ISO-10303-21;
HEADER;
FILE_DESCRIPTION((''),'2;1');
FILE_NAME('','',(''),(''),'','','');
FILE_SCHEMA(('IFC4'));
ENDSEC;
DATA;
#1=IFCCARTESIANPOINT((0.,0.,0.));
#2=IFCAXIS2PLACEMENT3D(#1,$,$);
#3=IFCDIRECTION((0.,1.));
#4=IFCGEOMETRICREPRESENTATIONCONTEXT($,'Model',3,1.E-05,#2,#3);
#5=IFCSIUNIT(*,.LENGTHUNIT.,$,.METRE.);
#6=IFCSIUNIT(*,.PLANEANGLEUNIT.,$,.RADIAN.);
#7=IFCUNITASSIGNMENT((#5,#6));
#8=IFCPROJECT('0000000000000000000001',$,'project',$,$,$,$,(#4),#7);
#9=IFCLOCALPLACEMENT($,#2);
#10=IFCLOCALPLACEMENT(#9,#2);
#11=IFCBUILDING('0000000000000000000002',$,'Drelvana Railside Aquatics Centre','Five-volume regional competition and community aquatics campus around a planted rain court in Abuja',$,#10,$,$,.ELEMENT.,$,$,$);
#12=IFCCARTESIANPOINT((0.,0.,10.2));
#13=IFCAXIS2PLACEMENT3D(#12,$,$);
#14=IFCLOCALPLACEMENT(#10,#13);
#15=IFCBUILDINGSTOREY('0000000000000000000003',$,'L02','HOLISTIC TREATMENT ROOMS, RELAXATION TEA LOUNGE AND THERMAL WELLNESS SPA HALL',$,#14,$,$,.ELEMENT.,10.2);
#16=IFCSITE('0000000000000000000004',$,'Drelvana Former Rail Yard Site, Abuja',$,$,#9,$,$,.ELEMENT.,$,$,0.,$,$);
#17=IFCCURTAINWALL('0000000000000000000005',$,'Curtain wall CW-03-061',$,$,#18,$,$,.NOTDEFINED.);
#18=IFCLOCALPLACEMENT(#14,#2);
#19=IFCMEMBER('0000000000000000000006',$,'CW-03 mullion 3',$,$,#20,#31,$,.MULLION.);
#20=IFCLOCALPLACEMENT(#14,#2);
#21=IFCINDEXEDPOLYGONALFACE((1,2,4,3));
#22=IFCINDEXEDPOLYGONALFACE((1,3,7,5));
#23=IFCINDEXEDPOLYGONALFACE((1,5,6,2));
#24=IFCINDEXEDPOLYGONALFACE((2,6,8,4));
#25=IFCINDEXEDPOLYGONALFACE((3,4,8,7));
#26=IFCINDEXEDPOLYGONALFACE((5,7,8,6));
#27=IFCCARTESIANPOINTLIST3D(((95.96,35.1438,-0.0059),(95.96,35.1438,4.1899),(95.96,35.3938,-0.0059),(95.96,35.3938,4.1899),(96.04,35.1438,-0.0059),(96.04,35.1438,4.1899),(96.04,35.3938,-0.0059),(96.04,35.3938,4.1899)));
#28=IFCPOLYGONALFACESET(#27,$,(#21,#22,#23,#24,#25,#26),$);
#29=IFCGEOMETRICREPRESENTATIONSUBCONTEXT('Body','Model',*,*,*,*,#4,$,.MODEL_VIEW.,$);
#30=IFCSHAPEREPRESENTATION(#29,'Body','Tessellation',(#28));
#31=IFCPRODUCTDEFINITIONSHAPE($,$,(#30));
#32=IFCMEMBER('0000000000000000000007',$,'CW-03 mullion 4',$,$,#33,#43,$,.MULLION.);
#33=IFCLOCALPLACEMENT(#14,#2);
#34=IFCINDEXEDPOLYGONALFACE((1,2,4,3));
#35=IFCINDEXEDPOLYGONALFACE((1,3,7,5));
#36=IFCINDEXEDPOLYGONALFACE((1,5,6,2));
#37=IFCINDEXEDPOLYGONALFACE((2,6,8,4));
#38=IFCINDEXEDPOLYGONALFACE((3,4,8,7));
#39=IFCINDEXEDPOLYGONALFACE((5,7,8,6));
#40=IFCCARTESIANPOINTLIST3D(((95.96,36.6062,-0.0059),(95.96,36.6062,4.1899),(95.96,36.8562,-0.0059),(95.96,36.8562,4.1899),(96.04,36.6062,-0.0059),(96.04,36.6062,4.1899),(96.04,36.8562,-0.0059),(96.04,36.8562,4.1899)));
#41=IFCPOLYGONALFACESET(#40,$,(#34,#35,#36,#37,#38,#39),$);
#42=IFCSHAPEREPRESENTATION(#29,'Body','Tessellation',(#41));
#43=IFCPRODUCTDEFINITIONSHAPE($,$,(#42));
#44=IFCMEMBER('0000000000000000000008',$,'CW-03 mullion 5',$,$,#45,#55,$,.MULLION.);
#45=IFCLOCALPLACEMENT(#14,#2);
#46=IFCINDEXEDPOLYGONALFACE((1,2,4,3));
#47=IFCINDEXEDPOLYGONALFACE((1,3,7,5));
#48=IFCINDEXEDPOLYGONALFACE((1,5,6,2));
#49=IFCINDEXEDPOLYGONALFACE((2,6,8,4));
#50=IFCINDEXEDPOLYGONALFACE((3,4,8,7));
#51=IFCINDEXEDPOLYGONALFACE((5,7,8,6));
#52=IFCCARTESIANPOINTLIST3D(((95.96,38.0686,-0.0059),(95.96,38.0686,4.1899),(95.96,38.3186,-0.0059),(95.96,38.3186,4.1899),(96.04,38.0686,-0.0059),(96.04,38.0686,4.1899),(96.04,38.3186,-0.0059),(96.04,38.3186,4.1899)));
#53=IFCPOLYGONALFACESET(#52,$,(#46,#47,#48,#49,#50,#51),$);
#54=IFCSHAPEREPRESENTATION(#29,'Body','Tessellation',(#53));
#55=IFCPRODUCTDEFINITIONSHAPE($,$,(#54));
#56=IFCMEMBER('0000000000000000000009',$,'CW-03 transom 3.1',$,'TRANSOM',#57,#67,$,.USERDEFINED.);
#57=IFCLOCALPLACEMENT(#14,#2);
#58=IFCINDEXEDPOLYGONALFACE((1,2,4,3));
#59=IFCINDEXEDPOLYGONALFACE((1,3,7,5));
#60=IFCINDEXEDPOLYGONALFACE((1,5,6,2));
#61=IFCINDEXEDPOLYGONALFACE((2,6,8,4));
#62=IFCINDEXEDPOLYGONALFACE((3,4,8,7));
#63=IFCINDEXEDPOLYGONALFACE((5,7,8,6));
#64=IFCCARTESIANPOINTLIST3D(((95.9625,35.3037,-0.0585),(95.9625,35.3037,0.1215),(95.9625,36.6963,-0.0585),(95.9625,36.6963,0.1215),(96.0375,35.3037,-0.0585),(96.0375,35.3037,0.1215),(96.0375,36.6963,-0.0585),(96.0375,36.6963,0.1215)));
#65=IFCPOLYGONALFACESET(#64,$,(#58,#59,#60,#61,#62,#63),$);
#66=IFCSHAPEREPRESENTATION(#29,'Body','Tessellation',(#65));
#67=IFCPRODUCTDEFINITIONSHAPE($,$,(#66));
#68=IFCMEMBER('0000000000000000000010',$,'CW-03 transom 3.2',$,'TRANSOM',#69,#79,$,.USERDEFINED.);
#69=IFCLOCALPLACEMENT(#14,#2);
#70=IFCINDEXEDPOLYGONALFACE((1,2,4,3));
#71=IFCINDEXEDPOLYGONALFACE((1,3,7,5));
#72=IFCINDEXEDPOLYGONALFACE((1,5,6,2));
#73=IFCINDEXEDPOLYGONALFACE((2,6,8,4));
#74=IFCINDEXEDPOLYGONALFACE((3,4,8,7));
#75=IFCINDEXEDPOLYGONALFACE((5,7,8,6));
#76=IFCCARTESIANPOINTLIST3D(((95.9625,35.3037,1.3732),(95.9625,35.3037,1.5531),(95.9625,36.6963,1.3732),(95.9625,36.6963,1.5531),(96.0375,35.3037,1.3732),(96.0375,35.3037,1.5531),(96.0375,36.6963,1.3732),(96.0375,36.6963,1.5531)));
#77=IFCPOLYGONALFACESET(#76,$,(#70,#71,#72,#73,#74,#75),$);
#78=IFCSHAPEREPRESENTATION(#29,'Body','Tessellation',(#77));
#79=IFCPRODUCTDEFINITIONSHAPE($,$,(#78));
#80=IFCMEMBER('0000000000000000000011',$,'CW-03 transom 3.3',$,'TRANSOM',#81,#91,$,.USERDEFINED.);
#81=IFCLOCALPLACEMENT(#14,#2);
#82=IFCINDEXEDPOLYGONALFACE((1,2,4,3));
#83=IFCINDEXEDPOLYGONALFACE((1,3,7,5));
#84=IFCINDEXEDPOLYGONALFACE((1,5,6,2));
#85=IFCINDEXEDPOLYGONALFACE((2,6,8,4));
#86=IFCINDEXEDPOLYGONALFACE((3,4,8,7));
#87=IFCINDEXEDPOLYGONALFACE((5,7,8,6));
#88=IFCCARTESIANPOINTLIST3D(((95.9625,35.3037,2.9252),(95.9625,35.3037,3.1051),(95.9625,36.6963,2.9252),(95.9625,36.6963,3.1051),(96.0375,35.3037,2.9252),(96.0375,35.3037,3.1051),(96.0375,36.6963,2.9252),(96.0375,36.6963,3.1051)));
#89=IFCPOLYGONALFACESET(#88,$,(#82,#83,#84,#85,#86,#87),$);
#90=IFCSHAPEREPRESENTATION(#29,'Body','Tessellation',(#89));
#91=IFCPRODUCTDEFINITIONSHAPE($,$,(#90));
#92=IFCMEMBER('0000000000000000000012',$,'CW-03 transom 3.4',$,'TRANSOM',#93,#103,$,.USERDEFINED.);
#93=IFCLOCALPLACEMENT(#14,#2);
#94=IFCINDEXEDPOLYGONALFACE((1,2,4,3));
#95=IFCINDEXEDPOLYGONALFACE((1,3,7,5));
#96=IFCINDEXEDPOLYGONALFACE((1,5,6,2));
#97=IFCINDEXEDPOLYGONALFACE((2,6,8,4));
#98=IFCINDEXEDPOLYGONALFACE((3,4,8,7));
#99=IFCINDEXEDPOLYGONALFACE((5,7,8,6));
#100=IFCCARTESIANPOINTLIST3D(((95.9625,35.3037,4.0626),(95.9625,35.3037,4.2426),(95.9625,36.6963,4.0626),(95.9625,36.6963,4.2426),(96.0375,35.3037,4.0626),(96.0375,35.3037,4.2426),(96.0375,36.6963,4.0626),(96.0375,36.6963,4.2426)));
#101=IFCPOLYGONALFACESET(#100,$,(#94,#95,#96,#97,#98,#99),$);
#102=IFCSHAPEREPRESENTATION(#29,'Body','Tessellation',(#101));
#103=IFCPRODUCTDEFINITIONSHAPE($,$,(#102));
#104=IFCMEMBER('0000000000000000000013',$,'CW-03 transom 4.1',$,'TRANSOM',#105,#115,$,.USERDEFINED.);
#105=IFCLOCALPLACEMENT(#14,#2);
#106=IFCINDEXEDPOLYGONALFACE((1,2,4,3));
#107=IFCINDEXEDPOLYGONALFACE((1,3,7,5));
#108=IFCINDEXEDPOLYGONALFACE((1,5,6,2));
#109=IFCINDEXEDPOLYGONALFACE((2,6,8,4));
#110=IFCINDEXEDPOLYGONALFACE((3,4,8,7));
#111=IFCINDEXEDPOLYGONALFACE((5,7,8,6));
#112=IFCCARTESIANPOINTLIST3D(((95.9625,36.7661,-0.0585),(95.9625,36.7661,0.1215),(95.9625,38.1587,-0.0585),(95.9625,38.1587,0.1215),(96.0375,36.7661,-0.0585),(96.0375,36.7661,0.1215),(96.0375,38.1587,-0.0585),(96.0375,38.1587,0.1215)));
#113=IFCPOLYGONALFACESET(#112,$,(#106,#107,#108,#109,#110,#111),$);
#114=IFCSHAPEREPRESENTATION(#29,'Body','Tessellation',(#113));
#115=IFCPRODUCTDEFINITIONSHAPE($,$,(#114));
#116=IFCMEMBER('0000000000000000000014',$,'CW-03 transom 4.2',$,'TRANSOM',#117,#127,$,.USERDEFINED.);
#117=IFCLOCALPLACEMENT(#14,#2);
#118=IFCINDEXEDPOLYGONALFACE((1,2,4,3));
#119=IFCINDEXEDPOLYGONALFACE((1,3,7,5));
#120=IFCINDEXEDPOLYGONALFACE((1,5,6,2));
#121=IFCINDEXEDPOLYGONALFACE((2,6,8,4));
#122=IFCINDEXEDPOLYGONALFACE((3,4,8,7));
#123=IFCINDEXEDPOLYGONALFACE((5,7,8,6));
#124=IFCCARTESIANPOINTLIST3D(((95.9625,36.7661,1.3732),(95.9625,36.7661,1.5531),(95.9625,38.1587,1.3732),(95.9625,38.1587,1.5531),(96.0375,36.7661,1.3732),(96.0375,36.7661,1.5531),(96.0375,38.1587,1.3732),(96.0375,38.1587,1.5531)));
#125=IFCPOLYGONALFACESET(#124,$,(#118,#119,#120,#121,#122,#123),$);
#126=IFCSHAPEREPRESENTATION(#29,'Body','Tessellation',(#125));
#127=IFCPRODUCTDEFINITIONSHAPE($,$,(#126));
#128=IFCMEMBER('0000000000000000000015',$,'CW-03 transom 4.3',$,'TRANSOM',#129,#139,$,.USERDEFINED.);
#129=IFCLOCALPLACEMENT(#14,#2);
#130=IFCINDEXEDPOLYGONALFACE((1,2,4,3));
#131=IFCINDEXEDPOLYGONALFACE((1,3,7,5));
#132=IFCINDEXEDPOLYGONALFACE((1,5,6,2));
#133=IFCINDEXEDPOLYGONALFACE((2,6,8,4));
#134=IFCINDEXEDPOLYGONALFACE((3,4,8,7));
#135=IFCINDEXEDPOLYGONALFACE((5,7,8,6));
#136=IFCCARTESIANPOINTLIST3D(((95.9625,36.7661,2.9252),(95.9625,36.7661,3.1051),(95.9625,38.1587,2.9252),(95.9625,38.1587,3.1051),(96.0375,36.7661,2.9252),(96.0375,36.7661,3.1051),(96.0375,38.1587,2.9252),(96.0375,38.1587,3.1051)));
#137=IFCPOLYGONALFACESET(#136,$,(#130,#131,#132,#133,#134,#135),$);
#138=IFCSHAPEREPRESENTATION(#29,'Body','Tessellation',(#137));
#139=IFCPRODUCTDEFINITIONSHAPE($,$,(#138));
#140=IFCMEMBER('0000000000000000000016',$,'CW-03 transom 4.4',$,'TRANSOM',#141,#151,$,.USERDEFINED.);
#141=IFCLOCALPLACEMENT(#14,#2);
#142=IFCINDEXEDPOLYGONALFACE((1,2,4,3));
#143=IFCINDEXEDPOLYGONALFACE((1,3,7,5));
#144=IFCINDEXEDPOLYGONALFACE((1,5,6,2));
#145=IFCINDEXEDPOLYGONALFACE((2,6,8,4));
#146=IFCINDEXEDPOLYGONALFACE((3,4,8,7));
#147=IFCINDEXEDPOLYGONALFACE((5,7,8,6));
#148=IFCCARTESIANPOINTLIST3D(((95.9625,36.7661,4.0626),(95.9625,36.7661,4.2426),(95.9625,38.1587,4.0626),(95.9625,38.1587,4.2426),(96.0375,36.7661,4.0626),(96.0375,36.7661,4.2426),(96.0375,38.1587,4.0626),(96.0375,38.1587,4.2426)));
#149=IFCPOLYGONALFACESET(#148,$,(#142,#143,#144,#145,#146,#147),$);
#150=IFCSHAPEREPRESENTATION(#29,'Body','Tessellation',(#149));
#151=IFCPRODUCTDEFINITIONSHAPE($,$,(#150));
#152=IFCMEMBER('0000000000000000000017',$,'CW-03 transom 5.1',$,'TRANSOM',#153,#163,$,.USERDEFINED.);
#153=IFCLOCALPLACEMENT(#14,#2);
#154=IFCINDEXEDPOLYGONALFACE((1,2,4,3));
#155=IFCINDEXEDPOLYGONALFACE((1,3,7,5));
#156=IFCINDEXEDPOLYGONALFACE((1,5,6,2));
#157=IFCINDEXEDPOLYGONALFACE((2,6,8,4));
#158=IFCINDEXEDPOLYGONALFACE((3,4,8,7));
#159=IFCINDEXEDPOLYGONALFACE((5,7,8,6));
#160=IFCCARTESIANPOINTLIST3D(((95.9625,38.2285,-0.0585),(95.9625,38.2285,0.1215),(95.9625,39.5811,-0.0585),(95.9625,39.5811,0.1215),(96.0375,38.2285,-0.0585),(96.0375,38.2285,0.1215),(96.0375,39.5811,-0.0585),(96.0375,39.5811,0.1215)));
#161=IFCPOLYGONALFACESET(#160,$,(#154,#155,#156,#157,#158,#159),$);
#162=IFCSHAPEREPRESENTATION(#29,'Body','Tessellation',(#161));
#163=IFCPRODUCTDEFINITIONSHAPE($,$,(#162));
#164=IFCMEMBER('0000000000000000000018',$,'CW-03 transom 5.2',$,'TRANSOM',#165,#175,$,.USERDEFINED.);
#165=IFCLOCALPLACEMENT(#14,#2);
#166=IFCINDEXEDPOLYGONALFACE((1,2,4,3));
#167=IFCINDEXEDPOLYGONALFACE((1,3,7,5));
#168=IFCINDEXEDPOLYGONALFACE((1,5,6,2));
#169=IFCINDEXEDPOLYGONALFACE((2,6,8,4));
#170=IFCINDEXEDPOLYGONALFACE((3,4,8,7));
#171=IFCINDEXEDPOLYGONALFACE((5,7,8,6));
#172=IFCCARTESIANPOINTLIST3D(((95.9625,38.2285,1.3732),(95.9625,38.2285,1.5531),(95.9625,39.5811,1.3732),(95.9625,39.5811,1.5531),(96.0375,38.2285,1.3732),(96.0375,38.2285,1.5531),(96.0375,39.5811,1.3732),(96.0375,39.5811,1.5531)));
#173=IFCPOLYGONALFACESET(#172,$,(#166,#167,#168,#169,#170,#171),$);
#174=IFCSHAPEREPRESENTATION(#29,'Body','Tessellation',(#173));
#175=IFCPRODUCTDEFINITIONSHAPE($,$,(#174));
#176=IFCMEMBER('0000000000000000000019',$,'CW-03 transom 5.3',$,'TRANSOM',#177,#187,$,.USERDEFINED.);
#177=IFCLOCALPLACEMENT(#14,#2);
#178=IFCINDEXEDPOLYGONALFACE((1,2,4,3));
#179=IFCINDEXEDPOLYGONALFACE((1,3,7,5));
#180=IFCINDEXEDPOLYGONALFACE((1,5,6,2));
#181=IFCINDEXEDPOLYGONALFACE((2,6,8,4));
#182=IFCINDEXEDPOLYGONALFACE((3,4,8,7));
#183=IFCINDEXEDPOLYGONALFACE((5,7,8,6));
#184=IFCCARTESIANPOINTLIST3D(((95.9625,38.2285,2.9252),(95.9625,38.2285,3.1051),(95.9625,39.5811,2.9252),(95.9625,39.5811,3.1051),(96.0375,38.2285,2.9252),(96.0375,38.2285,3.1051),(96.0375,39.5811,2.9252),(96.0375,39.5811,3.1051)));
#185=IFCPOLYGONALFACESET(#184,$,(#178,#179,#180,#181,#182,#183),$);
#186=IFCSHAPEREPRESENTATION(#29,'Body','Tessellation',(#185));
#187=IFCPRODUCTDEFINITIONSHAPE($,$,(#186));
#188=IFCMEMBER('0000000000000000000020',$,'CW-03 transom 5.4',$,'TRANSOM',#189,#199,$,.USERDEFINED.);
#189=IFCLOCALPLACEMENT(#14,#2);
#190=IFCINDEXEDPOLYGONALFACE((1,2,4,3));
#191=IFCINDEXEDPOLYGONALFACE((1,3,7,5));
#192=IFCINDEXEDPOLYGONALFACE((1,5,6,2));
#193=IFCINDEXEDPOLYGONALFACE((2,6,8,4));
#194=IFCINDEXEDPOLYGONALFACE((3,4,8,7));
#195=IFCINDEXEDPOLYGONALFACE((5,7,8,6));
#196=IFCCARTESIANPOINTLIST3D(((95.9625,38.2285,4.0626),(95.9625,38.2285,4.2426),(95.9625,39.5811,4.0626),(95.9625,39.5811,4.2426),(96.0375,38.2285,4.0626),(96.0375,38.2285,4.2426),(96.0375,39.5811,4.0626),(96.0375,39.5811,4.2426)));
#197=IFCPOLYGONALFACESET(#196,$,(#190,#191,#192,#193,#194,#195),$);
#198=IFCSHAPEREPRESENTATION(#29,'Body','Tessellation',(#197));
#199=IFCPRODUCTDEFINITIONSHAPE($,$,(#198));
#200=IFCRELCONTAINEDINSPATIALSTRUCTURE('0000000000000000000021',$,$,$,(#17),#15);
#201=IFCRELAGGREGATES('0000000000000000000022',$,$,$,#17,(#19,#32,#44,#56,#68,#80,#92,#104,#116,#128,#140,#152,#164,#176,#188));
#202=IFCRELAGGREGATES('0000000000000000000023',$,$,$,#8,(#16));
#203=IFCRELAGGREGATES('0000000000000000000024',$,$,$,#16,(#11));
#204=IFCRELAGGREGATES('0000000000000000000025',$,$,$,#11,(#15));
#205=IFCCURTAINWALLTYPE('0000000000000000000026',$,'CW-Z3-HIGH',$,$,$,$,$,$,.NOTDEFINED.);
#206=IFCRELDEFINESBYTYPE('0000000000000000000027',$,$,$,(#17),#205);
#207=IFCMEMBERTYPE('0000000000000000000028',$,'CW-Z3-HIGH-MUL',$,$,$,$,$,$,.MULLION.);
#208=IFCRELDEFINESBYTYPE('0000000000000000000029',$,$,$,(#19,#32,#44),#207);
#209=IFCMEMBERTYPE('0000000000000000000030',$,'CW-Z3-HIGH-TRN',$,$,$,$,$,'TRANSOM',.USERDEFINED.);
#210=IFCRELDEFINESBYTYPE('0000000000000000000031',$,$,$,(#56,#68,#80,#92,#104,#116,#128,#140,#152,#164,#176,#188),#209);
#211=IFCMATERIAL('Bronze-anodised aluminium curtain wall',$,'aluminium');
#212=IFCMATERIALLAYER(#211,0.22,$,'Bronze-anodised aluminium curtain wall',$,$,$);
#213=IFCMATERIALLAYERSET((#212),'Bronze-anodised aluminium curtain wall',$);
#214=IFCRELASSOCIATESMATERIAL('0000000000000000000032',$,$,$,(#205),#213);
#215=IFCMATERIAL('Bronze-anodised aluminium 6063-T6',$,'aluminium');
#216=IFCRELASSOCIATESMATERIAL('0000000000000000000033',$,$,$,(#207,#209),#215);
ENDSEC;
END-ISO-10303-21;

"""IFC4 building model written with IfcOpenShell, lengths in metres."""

from ifc_helpers import new_model, si_unit, direction, frame, origin, origin_2d, place, context, subcontext, project, spatial, rectangle, extrude, material, layer, layer_set, material_profile, profile_set, type_object, element, aggregate, save


model = new_model("IFC4")

# Units and contexts
model_context = context("Model", 3, precision=1e-05, world=origin(), true_north=direction((0.0, 1.0)))
body_context = subcontext(model_context, "Body", "Model", "MODEL_VIEW")
ifc_project = project(units=[si_unit("LENGTHUNIT", "METRE"), si_unit("PLANEANGLEUNIT", "RADIAN")], contexts=[model_context])

# Site, building, storey
site_placement = place(None, origin())
site = spatial("IfcSite", under=ifc_project, at=site_placement, Name="Drelvana Former Rail Yard Site, Abuja", CompositionType="ELEMENT", RefElevation=0.0)
building_placement = place(site_placement, origin())
building = spatial("IfcBuilding", under=site, at=building_placement, Name="Drelvana Railside Aquatics Centre", Description="Five-volume regional competition and community aquatics campus around a planted rain court in Abuja", CompositionType="ELEMENT")
storey_placement = place(building_placement, frame((0.0, 0.0, 10.2)))
storey = spatial("IfcBuildingStorey", under=building, at=storey_placement, Name="L02", Description="HOLISTIC TREATMENT ROOMS, RELAXATION TEA LOUNGE AND THERMAL WELLNESS SPA HALL", CompositionType="ELEMENT", Elevation=10.2)

# Curtain wall, members
ifc_material_1 = material(Name="Bronze-anodised aluminium curtain wall", Category="aluminium")
ifc_layer_1 = layer(ifc_material_1, 0.22, Name="Bronze-anodised aluminium curtain wall")
ifc_layer_set_1 = layer_set([ifc_layer_1], Name="Bronze-anodised aluminium curtain wall")
curtain_wall_type = type_object("IfcCurtainWallType", Name="CW-Z3-HIGH", PredefinedType="NOTDEFINED", material=ifc_layer_set_1)
curtain_wall_placement = place(storey_placement, origin())
curtain_wall = element("IfcCurtainWall", 1, at=curtain_wall_placement, inside=storey, type_object=curtain_wall_type, Name="Curtain wall CW-03-061", PredefinedType="NOTDEFINED")
ifc_material_2 = material(Name="Bronze-anodised aluminium 6063-T6", Category="aluminium")
ifc_material_profile_1 = material_profile(ifc_material_2, rectangle(XDim=0.0801, YDim=0.25, at=origin_2d()), Name="ALU-M 80x250")
ifc_profile_set_1 = profile_set([ifc_material_profile_1], Name="Bronze-anodised aluminium 6063-T6")
member_type_1 = type_object("IfcMemberType", Name="CW-Z3-HIGH-MUL", PredefinedType="MULLION", material=ifc_profile_set_1)
member_1_placement = place(storey_placement, frame((96.0, 35.2688, -0.0059), z_axis=(0.0, 0.0, 1.0), x_axis=(-1.0, 0.0, 0.0)))
member_1 = element("IfcMember", 2, at=member_1_placement, type_object=member_type_1, Name="CW-03 mullion 3", PredefinedType="MULLION", context=body_context, shape_type="SweptSolid", body=[
    extrude(rectangle(XDim=0.0801, YDim=0.25, at=origin_2d()), origin(), (0.0, 0.0, 1.0), 4.1958),
])
member_2_placement = place(storey_placement, frame((96.0, 36.7312, -0.0059), z_axis=(0.0, 0.0, 1.0), x_axis=(-1.0, 0.0, 0.0)))
member_2 = element("IfcMember", 3, at=member_2_placement, type_object=member_type_1, Name="CW-03 mullion 4", PredefinedType="MULLION", context=body_context, shape_type="SweptSolid", body=[
    extrude(rectangle(XDim=0.0801, YDim=0.25, at=origin_2d()), origin(), (0.0, 0.0, 1.0), 4.1958),
])
member_3_placement = place(storey_placement, frame((96.0, 38.1936, -0.0059), z_axis=(0.0, 0.0, 1.0), x_axis=(-1.0, 0.0, 0.0)))
member_3 = element("IfcMember", 4, at=member_3_placement, type_object=member_type_1, Name="CW-03 mullion 5", PredefinedType="MULLION", context=body_context, shape_type="SweptSolid", body=[
    extrude(rectangle(XDim=0.0801, YDim=0.25, at=origin_2d()), origin(), (0.0, 0.0, 1.0), 4.1958),
])
ifc_material_profile_2 = material_profile(ifc_material_2, rectangle(XDim=0.1799, YDim=0.075, at=origin_2d()), Name="ALU-T 75x180")
ifc_profile_set_2 = profile_set([ifc_material_profile_2], Name="Bronze-anodised aluminium 6063-T6")
member_type_2 = type_object("IfcMemberType", Name="CW-Z3-HIGH-TRN", ElementType="TRANSOM", PredefinedType="USERDEFINED", material=ifc_profile_set_2)
member_4_placement = place(storey_placement, frame((96.0, 35.3037, 0.0315), z_axis=(0.0, 1.0, 0.0), x_axis=(0.0, 0.0, 1.0)))
member_4 = element("IfcMember", 5, at=member_4_placement, type_object=member_type_2, Name="CW-03 transom 3.1", ObjectType="TRANSOM", PredefinedType="USERDEFINED", context=body_context, shape_type="SweptSolid", body=[
    extrude(rectangle(XDim=0.1799, YDim=0.075, at=origin_2d()), origin(), (0.0, 0.0, 1.0), 1.3926),
])
member_5_placement = place(storey_placement, frame((96.0, 35.3037, 1.4631), z_axis=(0.0, 1.0, 0.0), x_axis=(0.0, 0.0, 1.0)))
member_5 = element("IfcMember", 6, at=member_5_placement, type_object=member_type_2, Name="CW-03 transom 3.2", ObjectType="TRANSOM", PredefinedType="USERDEFINED", context=body_context, shape_type="SweptSolid", body=[
    extrude(rectangle(XDim=0.1799, YDim=0.075, at=origin_2d()), origin(), (0.0, 0.0, 1.0), 1.3926),
])
member_6_placement = place(storey_placement, frame((96.0, 35.3037, 3.0151), z_axis=(0.0, 1.0, 0.0), x_axis=(0.0, 0.0, 1.0)))
member_6 = element("IfcMember", 7, at=member_6_placement, type_object=member_type_2, Name="CW-03 transom 3.3", ObjectType="TRANSOM", PredefinedType="USERDEFINED", context=body_context, shape_type="SweptSolid", body=[
    extrude(rectangle(XDim=0.1799, YDim=0.075, at=origin_2d()), origin(), (0.0, 0.0, 1.0), 1.3926),
])
member_7_placement = place(storey_placement, frame((96.0, 35.3037, 4.1526), z_axis=(0.0, 1.0, 0.0), x_axis=(0.0, 0.0, 1.0)))
member_7 = element("IfcMember", 8, at=member_7_placement, type_object=member_type_2, Name="CW-03 transom 3.4", ObjectType="TRANSOM", PredefinedType="USERDEFINED", context=body_context, shape_type="SweptSolid", body=[
    extrude(rectangle(XDim=0.1799, YDim=0.075, at=origin_2d()), origin(), (0.0, 0.0, 1.0), 1.3926),
])
member_8_placement = place(storey_placement, frame((96.0, 36.7661, 0.0315), z_axis=(0.0, 1.0, 0.0), x_axis=(0.0, 0.0, 1.0)))
member_8 = element("IfcMember", 9, at=member_8_placement, type_object=member_type_2, Name="CW-03 transom 4.1", ObjectType="TRANSOM", PredefinedType="USERDEFINED", context=body_context, shape_type="SweptSolid", body=[
    extrude(rectangle(XDim=0.1799, YDim=0.075, at=origin_2d()), origin(), (0.0, 0.0, 1.0), 1.3926),
])
member_9_placement = place(storey_placement, frame((96.0, 36.7661, 1.4631), z_axis=(0.0, 1.0, 0.0), x_axis=(0.0, 0.0, 1.0)))
member_9 = element("IfcMember", 10, at=member_9_placement, type_object=member_type_2, Name="CW-03 transom 4.2", ObjectType="TRANSOM", PredefinedType="USERDEFINED", context=body_context, shape_type="SweptSolid", body=[
    extrude(rectangle(XDim=0.1799, YDim=0.075, at=origin_2d()), origin(), (0.0, 0.0, 1.0), 1.3926),
])
member_10_placement = place(storey_placement, frame((96.0, 36.7661, 3.0151), z_axis=(0.0, 1.0, 0.0), x_axis=(0.0, 0.0, 1.0)))
member_10 = element("IfcMember", 11, at=member_10_placement, type_object=member_type_2, Name="CW-03 transom 4.3", ObjectType="TRANSOM", PredefinedType="USERDEFINED", context=body_context, shape_type="SweptSolid", body=[
    extrude(rectangle(XDim=0.1799, YDim=0.075, at=origin_2d()), origin(), (0.0, 0.0, 1.0), 1.3926),
])
member_11_placement = place(storey_placement, frame((96.0, 36.7661, 4.1526), z_axis=(0.0, 1.0, 0.0), x_axis=(0.0, 0.0, 1.0)))
member_11 = element("IfcMember", 12, at=member_11_placement, type_object=member_type_2, Name="CW-03 transom 4.4", ObjectType="TRANSOM", PredefinedType="USERDEFINED", context=body_context, shape_type="SweptSolid", body=[
    extrude(rectangle(XDim=0.1799, YDim=0.075, at=origin_2d()), origin(), (0.0, 0.0, 1.0), 1.3926),
])
member_12_placement = place(storey_placement, frame((96.0, 38.2285, 0.0315), z_axis=(0.0, 1.0, 0.0), x_axis=(0.0, 0.0, 1.0)))
member_12 = element("IfcMember", 13, at=member_12_placement, type_object=member_type_2, Name="CW-03 transom 5.1", ObjectType="TRANSOM", PredefinedType="USERDEFINED", context=body_context, shape_type="SweptSolid", body=[
    extrude(rectangle(XDim=0.1799, YDim=0.075, at=origin_2d()), origin(), (0.0, 0.0, 1.0), 1.3525),
])
member_13_placement = place(storey_placement, frame((96.0, 38.2285, 1.4631), z_axis=(0.0, 1.0, 0.0), x_axis=(0.0, 0.0, 1.0)))
member_13 = element("IfcMember", 14, at=member_13_placement, type_object=member_type_2, Name="CW-03 transom 5.2", ObjectType="TRANSOM", PredefinedType="USERDEFINED", context=body_context, shape_type="SweptSolid", body=[
    extrude(rectangle(XDim=0.1799, YDim=0.075, at=origin_2d()), origin(), (0.0, 0.0, 1.0), 1.3525),
])
member_14_placement = place(storey_placement, frame((96.0, 38.2285, 3.0151), z_axis=(0.0, 1.0, 0.0), x_axis=(0.0, 0.0, 1.0)))
member_14 = element("IfcMember", 15, at=member_14_placement, type_object=member_type_2, Name="CW-03 transom 5.3", ObjectType="TRANSOM", PredefinedType="USERDEFINED", context=body_context, shape_type="SweptSolid", body=[
    extrude(rectangle(XDim=0.1799, YDim=0.075, at=origin_2d()), origin(), (0.0, 0.0, 1.0), 1.3525),
])
member_15_placement = place(storey_placement, frame((96.0, 38.2285, 4.1526), z_axis=(0.0, 1.0, 0.0), x_axis=(0.0, 0.0, 1.0)))
member_15 = element("IfcMember", 16, at=member_15_placement, type_object=member_type_2, Name="CW-03 transom 5.4", ObjectType="TRANSOM", PredefinedType="USERDEFINED", context=body_context, shape_type="SweptSolid", body=[
    extrude(rectangle(XDim=0.1799, YDim=0.075, at=origin_2d()), origin(), (0.0, 0.0, 1.0), 1.3525),
])
aggregate(curtain_wall, [member_1, member_2, member_3, member_4, member_5, member_6, member_7, member_8, member_9, member_10, member_11, member_12, member_13, member_14, member_15])

save(model, "model.ifc")
